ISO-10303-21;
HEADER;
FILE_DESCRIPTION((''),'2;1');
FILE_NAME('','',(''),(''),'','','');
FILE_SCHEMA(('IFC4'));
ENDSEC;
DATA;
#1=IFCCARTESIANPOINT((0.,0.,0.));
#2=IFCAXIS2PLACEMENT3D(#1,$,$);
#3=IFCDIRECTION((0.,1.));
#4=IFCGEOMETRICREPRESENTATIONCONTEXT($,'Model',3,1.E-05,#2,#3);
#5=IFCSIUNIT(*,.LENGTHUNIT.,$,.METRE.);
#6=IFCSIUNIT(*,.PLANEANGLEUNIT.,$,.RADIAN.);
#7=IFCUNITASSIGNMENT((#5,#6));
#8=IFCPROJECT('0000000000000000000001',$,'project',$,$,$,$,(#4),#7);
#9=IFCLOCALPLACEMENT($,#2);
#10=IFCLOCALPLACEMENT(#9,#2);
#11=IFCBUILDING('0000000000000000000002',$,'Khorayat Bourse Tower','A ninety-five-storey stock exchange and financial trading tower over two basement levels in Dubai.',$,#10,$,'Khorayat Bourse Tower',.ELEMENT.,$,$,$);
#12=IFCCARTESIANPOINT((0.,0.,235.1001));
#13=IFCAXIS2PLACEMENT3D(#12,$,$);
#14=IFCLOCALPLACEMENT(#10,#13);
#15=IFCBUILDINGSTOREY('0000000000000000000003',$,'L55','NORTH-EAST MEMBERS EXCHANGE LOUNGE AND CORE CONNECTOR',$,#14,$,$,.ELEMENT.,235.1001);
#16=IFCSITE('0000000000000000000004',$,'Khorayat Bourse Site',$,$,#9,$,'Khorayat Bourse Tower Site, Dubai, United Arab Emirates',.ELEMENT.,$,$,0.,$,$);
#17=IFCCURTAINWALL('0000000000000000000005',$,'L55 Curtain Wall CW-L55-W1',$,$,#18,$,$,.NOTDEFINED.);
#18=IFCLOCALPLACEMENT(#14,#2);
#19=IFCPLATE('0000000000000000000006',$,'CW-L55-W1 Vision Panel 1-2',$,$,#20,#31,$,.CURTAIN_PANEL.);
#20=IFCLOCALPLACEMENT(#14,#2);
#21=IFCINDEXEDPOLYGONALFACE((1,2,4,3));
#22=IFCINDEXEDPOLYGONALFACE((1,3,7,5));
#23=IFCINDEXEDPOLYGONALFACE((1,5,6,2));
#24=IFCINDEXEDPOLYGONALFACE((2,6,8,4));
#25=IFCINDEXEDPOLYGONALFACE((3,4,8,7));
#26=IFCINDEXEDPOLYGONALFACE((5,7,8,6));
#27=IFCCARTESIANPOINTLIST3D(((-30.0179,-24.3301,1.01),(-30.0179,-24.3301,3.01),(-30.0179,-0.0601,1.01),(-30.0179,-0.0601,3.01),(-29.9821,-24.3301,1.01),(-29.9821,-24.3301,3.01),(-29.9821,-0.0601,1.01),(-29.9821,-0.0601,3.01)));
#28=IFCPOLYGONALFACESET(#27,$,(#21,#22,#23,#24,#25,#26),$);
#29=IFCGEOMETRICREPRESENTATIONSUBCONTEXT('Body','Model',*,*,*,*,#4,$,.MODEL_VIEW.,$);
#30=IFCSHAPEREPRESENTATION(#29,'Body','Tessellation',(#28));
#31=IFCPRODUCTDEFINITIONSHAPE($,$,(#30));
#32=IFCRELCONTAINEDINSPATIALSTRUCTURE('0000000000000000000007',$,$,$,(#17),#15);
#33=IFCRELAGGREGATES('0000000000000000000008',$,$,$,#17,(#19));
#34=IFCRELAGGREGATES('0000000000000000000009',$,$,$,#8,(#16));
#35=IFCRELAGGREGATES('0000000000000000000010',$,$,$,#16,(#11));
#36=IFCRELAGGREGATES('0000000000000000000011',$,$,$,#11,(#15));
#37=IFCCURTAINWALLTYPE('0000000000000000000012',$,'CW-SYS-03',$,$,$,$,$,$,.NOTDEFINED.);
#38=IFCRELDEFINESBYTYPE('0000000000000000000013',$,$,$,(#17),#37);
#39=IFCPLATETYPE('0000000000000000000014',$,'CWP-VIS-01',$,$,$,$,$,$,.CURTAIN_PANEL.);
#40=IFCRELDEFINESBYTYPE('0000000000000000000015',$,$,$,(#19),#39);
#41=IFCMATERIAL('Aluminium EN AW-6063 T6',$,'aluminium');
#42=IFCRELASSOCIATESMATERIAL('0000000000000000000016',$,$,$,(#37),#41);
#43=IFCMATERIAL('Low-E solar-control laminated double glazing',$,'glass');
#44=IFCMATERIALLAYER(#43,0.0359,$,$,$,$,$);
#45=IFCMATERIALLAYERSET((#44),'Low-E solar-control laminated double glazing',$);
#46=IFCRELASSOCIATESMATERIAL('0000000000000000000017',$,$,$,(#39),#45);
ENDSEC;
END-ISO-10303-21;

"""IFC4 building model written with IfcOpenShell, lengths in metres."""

from ifc_helpers import new_model, si_unit, direction, frame, origin, origin_2d, place, context, subcontext, project, spatial, rectangle, extrude, source, transform, mapped, material, layer, layer_set, type_object, element, aggregate, save


model = new_model("IFC4")

# Units and contexts
model_context = context("Model", 3, precision=1e-05, world=origin(), true_north=direction((0.0, 1.0)))
body_context = subcontext(model_context, "Body", "Model", "MODEL_VIEW")
ifc_project = project(units=[si_unit("LENGTHUNIT", "METRE"), si_unit("PLANEANGLEUNIT", "RADIAN")], contexts=[model_context])

# Site, building, storey
site_placement = place(None, origin())
site = spatial("IfcSite", under=ifc_project, at=site_placement, Name="Khorayat Bourse Site", LongName="Khorayat Bourse Tower Site, Dubai, United Arab Emirates", CompositionType="ELEMENT", RefElevation=0.0)
building_placement = place(site_placement, origin())
building = spatial("IfcBuilding", under=site, at=building_placement, Name="Khorayat Bourse Tower", Description="A ninety-five-storey stock exchange and financial trading tower over two basement levels in Dubai.", LongName="Khorayat Bourse Tower", CompositionType="ELEMENT")
storey_placement = place(building_placement, frame((0.0, 0.0, 235.1001)))
storey = spatial("IfcBuildingStorey", under=building, at=storey_placement, Name="L55", Description="NORTH-EAST MEMBERS EXCHANGE LOUNGE AND CORE CONNECTOR", CompositionType="ELEMENT", Elevation=235.1001)

# Curtain wall, plate
ifc_material_1 = material(Name="Aluminium EN AW-6063 T6", Category="aluminium")
curtain_wall_type = type_object("IfcCurtainWallType", Name="CW-SYS-03", PredefinedType="NOTDEFINED", material=ifc_material_1)
curtain_wall_placement = place(storey_placement, origin())
curtain_wall = element("IfcCurtainWall", 1, at=curtain_wall_placement, inside=storey, type_object=curtain_wall_type, Name="L55 Curtain Wall CW-L55-W1", PredefinedType="NOTDEFINED")
ifc_material_2 = material(Name="Low-E solar-control laminated double glazing", Category="glass")
ifc_layer_1 = layer(ifc_material_2, 0.0359)
ifc_layer_set_1 = layer_set([ifc_layer_1], Name="Low-E solar-control laminated double glazing")
plate_type_1 = type_object("IfcPlateType", Name="CWP-VIS-01", PredefinedType="CURTAIN_PANEL", material=ifc_layer_set_1)
shared_shape_1 = source(origin(), body_context, "Body", "SweptSolid", [
    extrude(rectangle(XDim=24.27, YDim=0.0359, at=origin_2d()), origin(), (0.0, 0.0, 1.0), 2.0),
])
plate_placement = place(storey_placement, frame((-30.0, -12.1951, 1.01), z_axis=(0.0, 0.0, 1.0), x_axis=(0.0, 1.0, 0.0)))
plate = element("IfcPlate", 2, at=plate_placement, type_object=plate_type_1, Name="CW-L55-W1 Vision Panel 1-2", PredefinedType="CURTAIN_PANEL", context=body_context, shape_type="MappedRepresentation", body=[
    mapped(shared_shape_1, transform((0.0, 0.0, 0.0), scale=1.0)),
])
aggregate(curtain_wall, [plate])

save(model, "model.ifc")
